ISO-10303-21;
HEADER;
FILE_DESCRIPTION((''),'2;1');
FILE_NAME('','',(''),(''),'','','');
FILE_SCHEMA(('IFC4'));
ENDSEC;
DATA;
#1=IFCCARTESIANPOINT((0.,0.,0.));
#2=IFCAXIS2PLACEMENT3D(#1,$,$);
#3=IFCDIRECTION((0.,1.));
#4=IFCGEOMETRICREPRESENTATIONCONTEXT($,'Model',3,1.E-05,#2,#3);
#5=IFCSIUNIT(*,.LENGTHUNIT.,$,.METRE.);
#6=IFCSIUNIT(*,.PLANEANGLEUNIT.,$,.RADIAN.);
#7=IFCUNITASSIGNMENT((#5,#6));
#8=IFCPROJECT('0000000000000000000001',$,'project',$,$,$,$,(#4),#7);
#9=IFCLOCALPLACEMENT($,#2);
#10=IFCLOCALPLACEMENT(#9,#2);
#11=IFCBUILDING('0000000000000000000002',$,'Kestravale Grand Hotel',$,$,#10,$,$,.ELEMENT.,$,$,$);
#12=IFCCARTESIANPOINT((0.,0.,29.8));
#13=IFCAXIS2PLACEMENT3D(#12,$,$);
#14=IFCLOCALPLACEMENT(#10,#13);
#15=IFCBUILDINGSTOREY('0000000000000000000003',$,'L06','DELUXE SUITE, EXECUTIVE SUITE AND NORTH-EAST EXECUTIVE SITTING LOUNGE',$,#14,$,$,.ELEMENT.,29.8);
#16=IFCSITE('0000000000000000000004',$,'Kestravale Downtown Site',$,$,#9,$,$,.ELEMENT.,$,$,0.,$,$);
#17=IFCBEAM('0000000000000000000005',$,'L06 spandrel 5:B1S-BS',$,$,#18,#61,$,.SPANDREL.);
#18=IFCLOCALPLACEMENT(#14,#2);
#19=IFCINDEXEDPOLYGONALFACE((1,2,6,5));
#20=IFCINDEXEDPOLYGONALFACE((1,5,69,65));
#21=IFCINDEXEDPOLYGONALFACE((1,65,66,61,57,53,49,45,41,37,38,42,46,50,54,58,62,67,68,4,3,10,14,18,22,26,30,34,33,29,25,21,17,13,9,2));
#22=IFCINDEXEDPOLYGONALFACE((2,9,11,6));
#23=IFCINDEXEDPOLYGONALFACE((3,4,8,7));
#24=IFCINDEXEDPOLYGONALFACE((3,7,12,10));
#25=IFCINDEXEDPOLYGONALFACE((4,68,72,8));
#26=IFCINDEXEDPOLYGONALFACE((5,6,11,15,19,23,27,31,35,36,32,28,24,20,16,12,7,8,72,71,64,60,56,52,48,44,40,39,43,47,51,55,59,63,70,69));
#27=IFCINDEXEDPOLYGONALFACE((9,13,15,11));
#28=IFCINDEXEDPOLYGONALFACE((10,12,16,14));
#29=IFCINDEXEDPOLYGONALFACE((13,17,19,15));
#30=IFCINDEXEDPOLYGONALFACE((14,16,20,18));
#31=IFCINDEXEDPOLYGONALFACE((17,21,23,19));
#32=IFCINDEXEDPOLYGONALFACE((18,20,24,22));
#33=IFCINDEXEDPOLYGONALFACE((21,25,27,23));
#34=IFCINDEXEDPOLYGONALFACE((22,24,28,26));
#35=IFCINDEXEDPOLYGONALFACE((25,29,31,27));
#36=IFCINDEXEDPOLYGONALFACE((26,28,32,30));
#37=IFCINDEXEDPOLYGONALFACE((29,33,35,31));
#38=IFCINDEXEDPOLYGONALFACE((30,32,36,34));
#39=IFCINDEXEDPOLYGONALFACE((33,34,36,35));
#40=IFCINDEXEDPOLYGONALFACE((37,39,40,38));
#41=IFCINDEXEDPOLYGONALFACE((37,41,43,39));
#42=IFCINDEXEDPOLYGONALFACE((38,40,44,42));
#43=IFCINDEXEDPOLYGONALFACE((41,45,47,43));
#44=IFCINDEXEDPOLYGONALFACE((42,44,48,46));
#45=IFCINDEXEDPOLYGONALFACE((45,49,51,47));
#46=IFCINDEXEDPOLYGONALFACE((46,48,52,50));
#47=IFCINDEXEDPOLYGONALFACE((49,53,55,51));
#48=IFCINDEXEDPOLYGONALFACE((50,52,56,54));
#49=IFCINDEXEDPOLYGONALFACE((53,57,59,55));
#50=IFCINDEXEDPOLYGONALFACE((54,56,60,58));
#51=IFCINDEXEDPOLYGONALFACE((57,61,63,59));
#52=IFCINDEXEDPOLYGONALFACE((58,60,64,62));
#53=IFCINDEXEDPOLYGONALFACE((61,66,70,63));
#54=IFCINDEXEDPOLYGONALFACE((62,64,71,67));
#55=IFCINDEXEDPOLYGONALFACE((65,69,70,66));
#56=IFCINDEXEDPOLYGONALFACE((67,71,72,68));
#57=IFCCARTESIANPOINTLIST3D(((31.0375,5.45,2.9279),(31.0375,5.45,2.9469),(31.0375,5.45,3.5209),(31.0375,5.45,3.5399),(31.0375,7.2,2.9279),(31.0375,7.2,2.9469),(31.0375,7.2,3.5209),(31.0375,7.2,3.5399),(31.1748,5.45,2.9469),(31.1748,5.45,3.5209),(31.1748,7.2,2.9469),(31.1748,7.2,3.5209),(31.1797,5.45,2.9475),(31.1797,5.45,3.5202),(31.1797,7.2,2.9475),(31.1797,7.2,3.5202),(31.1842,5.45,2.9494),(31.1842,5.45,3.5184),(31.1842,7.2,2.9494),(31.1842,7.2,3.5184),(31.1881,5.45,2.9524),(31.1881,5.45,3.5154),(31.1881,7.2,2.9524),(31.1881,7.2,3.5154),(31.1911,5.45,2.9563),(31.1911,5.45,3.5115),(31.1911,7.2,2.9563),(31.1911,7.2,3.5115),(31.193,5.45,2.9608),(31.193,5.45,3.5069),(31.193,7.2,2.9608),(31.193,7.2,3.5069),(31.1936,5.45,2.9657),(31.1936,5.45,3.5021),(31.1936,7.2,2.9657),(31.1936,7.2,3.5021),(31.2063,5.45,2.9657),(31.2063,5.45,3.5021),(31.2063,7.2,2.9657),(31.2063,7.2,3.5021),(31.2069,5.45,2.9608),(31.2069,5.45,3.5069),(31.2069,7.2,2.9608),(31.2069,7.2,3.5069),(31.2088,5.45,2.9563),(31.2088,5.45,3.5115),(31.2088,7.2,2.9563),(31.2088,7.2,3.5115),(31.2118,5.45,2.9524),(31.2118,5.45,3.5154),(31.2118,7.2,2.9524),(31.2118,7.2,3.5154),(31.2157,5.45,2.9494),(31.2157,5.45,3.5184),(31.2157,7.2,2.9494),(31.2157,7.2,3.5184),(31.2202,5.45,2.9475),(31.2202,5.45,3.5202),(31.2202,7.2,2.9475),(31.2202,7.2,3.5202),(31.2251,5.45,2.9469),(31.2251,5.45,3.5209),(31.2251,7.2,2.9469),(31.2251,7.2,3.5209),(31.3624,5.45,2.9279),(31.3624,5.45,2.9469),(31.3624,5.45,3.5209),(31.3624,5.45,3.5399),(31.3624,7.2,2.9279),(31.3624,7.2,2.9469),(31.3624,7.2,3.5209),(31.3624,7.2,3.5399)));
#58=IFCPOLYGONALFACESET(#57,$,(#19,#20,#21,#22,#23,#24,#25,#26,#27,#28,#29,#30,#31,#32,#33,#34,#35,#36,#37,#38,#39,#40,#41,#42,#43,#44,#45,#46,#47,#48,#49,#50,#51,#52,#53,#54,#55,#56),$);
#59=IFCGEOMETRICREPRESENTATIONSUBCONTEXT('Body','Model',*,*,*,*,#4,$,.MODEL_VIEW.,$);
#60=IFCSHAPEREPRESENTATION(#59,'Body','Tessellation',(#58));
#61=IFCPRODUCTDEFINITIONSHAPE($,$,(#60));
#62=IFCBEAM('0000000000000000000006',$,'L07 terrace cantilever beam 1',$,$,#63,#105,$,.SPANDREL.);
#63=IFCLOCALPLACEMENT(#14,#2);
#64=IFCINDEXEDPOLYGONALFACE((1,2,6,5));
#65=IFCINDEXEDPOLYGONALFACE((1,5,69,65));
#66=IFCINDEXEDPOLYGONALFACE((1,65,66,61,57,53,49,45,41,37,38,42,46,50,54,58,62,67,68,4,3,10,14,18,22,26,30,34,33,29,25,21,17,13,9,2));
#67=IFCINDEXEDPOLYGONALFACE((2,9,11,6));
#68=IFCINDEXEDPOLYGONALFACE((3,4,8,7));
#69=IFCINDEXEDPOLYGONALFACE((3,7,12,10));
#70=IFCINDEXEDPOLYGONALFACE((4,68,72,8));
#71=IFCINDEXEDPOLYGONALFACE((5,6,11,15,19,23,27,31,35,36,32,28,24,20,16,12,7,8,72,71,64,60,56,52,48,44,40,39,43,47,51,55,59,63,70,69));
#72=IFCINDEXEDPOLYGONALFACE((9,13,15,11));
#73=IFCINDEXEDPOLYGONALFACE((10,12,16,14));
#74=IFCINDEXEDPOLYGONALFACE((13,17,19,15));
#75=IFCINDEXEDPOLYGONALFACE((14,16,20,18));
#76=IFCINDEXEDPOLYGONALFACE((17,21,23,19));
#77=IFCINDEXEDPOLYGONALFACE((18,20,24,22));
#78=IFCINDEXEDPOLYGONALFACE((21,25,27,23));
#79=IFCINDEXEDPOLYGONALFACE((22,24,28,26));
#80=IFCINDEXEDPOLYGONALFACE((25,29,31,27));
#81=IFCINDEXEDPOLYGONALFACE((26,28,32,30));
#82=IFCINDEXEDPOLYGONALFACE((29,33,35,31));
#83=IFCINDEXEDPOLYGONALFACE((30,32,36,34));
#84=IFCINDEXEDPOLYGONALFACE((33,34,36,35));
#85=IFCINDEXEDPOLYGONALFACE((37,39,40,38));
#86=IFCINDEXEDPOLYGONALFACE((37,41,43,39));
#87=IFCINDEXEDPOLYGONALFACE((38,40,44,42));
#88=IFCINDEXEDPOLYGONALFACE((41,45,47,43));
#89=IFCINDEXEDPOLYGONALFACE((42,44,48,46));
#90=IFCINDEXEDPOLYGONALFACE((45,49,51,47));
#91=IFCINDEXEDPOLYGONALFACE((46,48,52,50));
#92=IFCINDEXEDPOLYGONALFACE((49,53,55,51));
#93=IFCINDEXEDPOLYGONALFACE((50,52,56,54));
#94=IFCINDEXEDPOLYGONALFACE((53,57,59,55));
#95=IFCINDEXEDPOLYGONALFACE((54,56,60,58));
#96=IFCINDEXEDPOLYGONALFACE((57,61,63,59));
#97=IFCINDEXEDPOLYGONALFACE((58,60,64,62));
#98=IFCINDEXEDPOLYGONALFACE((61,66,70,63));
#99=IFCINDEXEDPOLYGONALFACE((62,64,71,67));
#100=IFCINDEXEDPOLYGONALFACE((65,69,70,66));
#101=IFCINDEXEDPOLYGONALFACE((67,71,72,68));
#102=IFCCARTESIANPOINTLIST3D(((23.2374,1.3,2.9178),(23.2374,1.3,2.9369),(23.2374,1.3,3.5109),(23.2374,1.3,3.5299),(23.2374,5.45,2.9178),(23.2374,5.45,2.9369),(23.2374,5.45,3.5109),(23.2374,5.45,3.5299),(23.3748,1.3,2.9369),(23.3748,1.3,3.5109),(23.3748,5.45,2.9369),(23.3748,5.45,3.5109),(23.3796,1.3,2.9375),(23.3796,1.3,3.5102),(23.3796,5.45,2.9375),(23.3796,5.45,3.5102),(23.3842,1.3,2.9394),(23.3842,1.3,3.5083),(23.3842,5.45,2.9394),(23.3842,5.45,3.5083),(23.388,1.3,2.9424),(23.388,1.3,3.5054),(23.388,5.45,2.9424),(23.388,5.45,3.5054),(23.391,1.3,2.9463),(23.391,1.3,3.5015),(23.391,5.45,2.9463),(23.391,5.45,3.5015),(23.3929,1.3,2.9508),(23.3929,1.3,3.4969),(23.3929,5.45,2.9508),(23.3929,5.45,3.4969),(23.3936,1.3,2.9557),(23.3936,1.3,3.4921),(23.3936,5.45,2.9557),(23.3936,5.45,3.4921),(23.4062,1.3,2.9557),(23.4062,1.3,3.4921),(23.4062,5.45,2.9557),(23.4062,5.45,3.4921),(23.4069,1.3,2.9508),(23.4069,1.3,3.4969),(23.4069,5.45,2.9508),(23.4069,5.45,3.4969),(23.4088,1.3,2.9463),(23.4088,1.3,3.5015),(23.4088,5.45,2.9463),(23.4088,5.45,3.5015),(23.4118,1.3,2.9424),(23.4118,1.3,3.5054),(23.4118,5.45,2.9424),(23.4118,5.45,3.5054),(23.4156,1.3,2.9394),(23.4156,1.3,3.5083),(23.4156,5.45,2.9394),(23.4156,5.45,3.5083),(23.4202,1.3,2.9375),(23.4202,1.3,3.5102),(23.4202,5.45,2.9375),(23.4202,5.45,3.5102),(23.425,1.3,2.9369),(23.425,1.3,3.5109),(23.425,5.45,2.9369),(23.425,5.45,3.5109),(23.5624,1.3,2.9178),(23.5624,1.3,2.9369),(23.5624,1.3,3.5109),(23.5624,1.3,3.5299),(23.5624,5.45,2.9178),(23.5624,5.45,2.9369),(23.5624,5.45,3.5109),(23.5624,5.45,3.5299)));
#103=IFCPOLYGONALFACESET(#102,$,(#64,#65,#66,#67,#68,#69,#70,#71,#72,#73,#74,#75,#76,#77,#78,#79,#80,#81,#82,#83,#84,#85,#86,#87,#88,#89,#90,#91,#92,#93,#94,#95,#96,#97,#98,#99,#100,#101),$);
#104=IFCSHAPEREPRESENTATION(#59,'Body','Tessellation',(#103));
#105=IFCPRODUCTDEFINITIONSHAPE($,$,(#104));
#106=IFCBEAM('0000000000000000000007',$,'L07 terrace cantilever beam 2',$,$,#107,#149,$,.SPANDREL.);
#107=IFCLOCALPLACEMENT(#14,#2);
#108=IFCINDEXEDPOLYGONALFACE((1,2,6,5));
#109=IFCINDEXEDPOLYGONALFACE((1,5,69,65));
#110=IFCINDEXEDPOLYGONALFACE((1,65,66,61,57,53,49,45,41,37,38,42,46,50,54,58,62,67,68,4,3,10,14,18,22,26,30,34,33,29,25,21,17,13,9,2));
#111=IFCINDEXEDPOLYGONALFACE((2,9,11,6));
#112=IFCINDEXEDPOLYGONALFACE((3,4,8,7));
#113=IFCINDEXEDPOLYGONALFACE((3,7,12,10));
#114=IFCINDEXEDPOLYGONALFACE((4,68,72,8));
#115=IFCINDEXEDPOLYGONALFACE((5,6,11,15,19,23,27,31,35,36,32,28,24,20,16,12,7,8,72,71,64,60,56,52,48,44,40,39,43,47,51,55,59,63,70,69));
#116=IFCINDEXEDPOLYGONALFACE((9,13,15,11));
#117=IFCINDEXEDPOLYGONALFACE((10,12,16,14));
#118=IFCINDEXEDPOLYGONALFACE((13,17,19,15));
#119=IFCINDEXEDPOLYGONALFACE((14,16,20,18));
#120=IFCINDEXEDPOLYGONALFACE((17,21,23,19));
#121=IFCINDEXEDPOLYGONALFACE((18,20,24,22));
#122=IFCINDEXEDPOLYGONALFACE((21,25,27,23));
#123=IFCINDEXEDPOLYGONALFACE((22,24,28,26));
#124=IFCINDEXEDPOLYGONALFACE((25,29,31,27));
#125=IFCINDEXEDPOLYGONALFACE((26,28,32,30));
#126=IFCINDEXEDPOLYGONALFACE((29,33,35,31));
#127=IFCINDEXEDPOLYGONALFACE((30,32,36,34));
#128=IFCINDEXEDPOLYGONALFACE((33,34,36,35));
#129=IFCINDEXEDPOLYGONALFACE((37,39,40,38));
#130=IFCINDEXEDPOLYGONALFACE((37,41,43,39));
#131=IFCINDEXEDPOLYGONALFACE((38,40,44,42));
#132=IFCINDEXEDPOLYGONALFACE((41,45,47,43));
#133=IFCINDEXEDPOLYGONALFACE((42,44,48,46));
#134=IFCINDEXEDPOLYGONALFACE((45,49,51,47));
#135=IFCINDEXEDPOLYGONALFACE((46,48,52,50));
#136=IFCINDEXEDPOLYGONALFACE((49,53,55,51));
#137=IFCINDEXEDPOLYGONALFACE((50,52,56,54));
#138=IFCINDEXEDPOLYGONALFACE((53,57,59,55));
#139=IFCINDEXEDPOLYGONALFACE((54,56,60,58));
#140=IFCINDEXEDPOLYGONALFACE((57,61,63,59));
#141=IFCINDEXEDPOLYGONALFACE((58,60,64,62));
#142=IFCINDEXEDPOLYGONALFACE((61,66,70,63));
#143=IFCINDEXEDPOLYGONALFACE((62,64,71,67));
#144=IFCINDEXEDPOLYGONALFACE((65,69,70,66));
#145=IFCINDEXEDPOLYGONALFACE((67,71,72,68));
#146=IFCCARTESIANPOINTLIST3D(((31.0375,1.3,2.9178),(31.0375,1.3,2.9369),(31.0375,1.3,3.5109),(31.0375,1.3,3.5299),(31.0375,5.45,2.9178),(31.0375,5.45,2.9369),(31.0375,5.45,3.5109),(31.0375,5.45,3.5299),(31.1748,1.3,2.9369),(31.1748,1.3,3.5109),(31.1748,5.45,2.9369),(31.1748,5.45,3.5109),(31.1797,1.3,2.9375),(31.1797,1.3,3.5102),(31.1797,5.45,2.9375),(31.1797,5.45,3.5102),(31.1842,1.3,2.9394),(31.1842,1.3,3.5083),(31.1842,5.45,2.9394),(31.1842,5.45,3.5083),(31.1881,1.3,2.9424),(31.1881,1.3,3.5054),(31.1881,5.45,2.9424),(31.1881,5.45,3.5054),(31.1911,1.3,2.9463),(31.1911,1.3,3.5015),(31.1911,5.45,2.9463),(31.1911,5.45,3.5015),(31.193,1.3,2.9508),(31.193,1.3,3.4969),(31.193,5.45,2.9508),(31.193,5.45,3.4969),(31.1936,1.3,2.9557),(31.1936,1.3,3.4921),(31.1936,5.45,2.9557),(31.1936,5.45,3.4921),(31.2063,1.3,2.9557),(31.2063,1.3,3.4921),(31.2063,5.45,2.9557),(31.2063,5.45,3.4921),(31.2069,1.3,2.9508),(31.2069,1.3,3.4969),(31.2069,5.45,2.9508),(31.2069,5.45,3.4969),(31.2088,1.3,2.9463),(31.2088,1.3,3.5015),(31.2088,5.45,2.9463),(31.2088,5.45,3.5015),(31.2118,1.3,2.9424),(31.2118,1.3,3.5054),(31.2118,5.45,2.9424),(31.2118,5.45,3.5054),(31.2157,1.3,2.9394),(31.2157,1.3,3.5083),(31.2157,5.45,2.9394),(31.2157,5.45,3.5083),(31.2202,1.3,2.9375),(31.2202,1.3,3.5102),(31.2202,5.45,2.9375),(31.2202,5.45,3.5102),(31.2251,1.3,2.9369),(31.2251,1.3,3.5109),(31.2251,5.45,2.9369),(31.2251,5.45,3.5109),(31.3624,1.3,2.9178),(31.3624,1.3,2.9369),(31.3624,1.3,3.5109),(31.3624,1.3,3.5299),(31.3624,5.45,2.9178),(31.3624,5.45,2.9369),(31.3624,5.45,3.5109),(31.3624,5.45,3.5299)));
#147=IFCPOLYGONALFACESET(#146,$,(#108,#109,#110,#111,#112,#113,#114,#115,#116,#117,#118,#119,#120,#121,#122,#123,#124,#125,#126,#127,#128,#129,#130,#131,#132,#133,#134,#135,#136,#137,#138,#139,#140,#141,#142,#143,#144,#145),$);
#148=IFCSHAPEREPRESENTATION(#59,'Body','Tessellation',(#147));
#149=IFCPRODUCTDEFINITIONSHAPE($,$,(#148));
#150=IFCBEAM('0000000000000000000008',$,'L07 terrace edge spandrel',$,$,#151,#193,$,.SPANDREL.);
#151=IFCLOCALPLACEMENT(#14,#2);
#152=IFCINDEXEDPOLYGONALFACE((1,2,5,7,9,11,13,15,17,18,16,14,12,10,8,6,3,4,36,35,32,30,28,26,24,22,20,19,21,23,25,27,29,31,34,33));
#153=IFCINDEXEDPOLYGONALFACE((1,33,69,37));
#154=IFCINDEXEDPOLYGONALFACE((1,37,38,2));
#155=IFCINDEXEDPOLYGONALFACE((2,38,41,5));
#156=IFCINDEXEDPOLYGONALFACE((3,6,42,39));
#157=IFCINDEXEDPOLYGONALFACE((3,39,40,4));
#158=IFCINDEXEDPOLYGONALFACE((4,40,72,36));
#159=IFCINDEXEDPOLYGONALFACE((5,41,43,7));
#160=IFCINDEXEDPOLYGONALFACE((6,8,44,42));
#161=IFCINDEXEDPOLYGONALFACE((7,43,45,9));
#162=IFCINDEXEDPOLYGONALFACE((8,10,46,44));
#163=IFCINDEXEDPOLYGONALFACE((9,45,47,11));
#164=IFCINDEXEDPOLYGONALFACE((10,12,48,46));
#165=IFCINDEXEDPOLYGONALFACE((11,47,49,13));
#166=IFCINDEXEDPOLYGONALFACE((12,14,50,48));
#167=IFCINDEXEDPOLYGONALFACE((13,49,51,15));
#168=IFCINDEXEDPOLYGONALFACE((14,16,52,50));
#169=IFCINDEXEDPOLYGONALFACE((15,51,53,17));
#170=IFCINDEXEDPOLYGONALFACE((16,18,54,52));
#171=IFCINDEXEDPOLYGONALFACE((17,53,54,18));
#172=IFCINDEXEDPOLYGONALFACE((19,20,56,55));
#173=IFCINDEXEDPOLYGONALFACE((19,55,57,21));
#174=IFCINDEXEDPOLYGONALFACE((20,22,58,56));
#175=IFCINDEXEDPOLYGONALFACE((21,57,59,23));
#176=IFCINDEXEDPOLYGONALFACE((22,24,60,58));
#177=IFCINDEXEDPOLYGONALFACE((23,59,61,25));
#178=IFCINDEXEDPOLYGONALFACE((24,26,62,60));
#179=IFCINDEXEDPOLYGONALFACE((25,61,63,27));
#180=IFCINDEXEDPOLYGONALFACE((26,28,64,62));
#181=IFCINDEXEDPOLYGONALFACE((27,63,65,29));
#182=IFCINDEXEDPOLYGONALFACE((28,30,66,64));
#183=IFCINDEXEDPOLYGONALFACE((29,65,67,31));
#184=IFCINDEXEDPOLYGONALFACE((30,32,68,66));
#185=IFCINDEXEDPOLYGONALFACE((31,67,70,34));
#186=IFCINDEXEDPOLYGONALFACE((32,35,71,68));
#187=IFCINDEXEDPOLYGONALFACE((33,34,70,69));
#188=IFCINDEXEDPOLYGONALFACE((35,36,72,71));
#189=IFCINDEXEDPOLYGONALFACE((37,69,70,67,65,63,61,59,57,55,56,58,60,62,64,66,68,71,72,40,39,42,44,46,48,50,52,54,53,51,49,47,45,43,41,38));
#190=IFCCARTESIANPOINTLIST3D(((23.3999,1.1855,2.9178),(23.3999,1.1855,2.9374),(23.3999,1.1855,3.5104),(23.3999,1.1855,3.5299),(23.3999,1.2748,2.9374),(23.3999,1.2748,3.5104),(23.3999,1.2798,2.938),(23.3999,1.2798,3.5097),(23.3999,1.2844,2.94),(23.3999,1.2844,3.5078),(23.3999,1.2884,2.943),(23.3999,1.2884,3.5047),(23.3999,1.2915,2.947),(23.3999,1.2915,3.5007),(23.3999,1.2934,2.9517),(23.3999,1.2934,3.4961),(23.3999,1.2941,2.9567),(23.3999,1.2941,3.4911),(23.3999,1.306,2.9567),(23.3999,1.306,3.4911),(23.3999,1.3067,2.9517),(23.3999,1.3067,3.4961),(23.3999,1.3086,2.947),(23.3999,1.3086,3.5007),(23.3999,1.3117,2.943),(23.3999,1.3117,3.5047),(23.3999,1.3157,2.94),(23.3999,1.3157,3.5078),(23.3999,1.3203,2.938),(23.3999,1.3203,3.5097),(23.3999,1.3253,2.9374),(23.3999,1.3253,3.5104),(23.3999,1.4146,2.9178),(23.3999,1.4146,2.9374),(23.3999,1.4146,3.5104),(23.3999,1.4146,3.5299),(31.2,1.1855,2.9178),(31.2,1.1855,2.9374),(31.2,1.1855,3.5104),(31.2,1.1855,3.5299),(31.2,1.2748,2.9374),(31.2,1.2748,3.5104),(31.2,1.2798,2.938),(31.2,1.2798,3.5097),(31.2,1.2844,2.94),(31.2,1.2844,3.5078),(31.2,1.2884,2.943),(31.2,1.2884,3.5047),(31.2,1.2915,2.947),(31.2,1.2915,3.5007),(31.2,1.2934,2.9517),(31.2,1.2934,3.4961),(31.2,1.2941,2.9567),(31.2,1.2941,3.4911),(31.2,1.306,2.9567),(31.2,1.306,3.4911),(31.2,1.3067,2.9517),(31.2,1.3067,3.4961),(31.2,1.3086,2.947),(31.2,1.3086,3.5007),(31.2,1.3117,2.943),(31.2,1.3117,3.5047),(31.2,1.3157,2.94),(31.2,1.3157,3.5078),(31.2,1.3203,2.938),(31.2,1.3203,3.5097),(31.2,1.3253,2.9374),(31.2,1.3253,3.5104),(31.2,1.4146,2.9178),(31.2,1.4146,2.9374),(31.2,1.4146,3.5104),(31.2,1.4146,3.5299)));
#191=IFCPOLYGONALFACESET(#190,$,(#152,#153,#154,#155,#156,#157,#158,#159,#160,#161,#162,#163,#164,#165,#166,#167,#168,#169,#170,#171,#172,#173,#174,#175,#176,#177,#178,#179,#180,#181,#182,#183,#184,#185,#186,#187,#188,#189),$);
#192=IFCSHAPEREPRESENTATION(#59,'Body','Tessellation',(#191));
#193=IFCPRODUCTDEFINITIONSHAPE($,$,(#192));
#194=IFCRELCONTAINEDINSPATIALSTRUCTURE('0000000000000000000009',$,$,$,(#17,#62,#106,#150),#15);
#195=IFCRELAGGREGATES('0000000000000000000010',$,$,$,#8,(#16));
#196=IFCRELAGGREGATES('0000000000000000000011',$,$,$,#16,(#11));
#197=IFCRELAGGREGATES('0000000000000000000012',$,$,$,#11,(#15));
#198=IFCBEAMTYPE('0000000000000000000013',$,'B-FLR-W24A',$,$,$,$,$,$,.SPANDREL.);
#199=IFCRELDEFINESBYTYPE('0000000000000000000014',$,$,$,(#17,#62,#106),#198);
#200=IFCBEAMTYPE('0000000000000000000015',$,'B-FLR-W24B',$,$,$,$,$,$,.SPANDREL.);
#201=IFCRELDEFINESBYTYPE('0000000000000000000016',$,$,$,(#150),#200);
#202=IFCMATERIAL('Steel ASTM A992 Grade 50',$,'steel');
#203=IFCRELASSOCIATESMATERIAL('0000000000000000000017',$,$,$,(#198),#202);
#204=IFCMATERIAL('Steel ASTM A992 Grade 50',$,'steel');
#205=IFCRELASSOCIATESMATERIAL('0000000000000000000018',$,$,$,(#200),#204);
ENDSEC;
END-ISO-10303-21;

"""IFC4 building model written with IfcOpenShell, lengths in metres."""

from ifc_helpers import new_model, si_unit, direction, frame, origin, origin_2d, place, context, subcontext, project, spatial, i_section, extrude, material, material_profile, profile_set, type_object, element, save


model = new_model("IFC4")

# Units and contexts
model_context = context("Model", 3, precision=1e-05, world=origin(), true_north=direction((0.0, 1.0)))
body_context = subcontext(model_context, "Body", "Model", "MODEL_VIEW")
ifc_project = project(units=[si_unit("LENGTHUNIT", "METRE"), si_unit("PLANEANGLEUNIT", "RADIAN")], contexts=[model_context])

# Site, building, storey
site_placement = place(None, origin())
site = spatial("IfcSite", under=ifc_project, at=site_placement, Name="Kestravale Downtown Site", CompositionType="ELEMENT", RefElevation=0.0)
building_placement = place(site_placement, origin())
building = spatial("IfcBuilding", under=site, at=building_placement, Name="Kestravale Grand Hotel", CompositionType="ELEMENT")
storey_placement = place(building_placement, frame((0.0, 0.0, 29.8)))
storey = spatial("IfcBuildingStorey", under=building, at=storey_placement, Name="L06", Description="DELUXE SUITE, EXECUTIVE SUITE AND NORTH-EAST EXECUTIVE SITTING LOUNGE", CompositionType="ELEMENT", Elevation=29.8)

# Beams
ifc_material_1 = material(Name="Steel ASTM A992 Grade 50", Category="steel")
ifc_material_profile_1 = material_profile(ifc_material_1, i_section(OverallWidth=0.325, OverallDepth=0.6121, WebThickness=0.0127, FlangeThickness=0.019, FilletRadius=0.0188, at=origin_2d()))
ifc_profile_set_1 = profile_set([ifc_material_profile_1], Name="Steel ASTM A992 Grade 50")
beam_type_1 = type_object("IfcBeamType", Name="B-FLR-W24A", PredefinedType="SPANDREL", material=ifc_profile_set_1)
for number, where, z_axis, x_axis, name in (
    (1, (31.2, 5.45, 3.2339), (0.0, 1.0, 0.0), (-1.0, 0.0, 0.0), "L06 spandrel 5:B1S-BS"),
):
    element("IfcBeam", number, at=place(storey_placement, frame(where, z_axis=z_axis, x_axis=x_axis)), inside=storey, type_object=beam_type_1, Name=name, PredefinedType="SPANDREL", context=body_context, shape_type="SweptSolid", body=[
        extrude(i_section(OverallWidth=0.325, OverallDepth=0.6121, WebThickness=0.0127, FlangeThickness=0.019, FilletRadius=0.0188, at=origin_2d()), origin(), (0.0, 0.0, 1.0), 1.75),
    ])
for number, where, z_axis, x_axis, name in (
    (2, (23.3999, 5.45, 3.2239), (0.0, -1.0, 0.0), (1.0, 0.0, 0.0), "L07 terrace cantilever beam 1"),
    (3, (31.2, 5.45, 3.2239), (0.0, -1.0, 0.0), (1.0, 0.0, 0.0), "L07 terrace cantilever beam 2"),
):
    element("IfcBeam", number, at=place(storey_placement, frame(where, z_axis=z_axis, x_axis=x_axis)), inside=storey, type_object=beam_type_1, Name=name, PredefinedType="SPANDREL", context=body_context, shape_type="SweptSolid", body=[
        extrude(i_section(OverallWidth=0.325, OverallDepth=0.6121, WebThickness=0.0127, FlangeThickness=0.019, FilletRadius=0.0188, at=origin_2d()), origin(), (0.0, 0.0, 1.0), 4.1499),
    ])
ifc_material_2 = material(Name="Steel ASTM A992 Grade 50", Category="steel")
ifc_material_profile_2 = material_profile(ifc_material_2, i_section(OverallWidth=0.229, OverallDepth=0.6121, WebThickness=0.012, FlangeThickness=0.0195, FilletRadius=0.0193, at=origin_2d()))
ifc_profile_set_2 = profile_set([ifc_material_profile_2], Name="Steel ASTM A992 Grade 50")
beam_type_2 = type_object("IfcBeamType", Name="B-FLR-W24B", PredefinedType="SPANDREL", material=ifc_profile_set_2)
beam_1_placement = place(storey_placement, frame((23.3999, 1.3, 3.2239), z_axis=(1.0, 0.0, 0.0), x_axis=(0.0, 1.0, 0.0)))
element("IfcBeam", 4, at=beam_1_placement, inside=storey, type_object=beam_type_2, Name="L07 terrace edge spandrel", PredefinedType="SPANDREL", context=body_context, shape_type="SweptSolid", body=[
    extrude(i_section(OverallWidth=0.229, OverallDepth=0.6121, WebThickness=0.012, FlangeThickness=0.0195, FilletRadius=0.0193, at=origin_2d()), origin(), (0.0, 0.0, 1.0), 7.8),
])

save(model, "model.ifc")
